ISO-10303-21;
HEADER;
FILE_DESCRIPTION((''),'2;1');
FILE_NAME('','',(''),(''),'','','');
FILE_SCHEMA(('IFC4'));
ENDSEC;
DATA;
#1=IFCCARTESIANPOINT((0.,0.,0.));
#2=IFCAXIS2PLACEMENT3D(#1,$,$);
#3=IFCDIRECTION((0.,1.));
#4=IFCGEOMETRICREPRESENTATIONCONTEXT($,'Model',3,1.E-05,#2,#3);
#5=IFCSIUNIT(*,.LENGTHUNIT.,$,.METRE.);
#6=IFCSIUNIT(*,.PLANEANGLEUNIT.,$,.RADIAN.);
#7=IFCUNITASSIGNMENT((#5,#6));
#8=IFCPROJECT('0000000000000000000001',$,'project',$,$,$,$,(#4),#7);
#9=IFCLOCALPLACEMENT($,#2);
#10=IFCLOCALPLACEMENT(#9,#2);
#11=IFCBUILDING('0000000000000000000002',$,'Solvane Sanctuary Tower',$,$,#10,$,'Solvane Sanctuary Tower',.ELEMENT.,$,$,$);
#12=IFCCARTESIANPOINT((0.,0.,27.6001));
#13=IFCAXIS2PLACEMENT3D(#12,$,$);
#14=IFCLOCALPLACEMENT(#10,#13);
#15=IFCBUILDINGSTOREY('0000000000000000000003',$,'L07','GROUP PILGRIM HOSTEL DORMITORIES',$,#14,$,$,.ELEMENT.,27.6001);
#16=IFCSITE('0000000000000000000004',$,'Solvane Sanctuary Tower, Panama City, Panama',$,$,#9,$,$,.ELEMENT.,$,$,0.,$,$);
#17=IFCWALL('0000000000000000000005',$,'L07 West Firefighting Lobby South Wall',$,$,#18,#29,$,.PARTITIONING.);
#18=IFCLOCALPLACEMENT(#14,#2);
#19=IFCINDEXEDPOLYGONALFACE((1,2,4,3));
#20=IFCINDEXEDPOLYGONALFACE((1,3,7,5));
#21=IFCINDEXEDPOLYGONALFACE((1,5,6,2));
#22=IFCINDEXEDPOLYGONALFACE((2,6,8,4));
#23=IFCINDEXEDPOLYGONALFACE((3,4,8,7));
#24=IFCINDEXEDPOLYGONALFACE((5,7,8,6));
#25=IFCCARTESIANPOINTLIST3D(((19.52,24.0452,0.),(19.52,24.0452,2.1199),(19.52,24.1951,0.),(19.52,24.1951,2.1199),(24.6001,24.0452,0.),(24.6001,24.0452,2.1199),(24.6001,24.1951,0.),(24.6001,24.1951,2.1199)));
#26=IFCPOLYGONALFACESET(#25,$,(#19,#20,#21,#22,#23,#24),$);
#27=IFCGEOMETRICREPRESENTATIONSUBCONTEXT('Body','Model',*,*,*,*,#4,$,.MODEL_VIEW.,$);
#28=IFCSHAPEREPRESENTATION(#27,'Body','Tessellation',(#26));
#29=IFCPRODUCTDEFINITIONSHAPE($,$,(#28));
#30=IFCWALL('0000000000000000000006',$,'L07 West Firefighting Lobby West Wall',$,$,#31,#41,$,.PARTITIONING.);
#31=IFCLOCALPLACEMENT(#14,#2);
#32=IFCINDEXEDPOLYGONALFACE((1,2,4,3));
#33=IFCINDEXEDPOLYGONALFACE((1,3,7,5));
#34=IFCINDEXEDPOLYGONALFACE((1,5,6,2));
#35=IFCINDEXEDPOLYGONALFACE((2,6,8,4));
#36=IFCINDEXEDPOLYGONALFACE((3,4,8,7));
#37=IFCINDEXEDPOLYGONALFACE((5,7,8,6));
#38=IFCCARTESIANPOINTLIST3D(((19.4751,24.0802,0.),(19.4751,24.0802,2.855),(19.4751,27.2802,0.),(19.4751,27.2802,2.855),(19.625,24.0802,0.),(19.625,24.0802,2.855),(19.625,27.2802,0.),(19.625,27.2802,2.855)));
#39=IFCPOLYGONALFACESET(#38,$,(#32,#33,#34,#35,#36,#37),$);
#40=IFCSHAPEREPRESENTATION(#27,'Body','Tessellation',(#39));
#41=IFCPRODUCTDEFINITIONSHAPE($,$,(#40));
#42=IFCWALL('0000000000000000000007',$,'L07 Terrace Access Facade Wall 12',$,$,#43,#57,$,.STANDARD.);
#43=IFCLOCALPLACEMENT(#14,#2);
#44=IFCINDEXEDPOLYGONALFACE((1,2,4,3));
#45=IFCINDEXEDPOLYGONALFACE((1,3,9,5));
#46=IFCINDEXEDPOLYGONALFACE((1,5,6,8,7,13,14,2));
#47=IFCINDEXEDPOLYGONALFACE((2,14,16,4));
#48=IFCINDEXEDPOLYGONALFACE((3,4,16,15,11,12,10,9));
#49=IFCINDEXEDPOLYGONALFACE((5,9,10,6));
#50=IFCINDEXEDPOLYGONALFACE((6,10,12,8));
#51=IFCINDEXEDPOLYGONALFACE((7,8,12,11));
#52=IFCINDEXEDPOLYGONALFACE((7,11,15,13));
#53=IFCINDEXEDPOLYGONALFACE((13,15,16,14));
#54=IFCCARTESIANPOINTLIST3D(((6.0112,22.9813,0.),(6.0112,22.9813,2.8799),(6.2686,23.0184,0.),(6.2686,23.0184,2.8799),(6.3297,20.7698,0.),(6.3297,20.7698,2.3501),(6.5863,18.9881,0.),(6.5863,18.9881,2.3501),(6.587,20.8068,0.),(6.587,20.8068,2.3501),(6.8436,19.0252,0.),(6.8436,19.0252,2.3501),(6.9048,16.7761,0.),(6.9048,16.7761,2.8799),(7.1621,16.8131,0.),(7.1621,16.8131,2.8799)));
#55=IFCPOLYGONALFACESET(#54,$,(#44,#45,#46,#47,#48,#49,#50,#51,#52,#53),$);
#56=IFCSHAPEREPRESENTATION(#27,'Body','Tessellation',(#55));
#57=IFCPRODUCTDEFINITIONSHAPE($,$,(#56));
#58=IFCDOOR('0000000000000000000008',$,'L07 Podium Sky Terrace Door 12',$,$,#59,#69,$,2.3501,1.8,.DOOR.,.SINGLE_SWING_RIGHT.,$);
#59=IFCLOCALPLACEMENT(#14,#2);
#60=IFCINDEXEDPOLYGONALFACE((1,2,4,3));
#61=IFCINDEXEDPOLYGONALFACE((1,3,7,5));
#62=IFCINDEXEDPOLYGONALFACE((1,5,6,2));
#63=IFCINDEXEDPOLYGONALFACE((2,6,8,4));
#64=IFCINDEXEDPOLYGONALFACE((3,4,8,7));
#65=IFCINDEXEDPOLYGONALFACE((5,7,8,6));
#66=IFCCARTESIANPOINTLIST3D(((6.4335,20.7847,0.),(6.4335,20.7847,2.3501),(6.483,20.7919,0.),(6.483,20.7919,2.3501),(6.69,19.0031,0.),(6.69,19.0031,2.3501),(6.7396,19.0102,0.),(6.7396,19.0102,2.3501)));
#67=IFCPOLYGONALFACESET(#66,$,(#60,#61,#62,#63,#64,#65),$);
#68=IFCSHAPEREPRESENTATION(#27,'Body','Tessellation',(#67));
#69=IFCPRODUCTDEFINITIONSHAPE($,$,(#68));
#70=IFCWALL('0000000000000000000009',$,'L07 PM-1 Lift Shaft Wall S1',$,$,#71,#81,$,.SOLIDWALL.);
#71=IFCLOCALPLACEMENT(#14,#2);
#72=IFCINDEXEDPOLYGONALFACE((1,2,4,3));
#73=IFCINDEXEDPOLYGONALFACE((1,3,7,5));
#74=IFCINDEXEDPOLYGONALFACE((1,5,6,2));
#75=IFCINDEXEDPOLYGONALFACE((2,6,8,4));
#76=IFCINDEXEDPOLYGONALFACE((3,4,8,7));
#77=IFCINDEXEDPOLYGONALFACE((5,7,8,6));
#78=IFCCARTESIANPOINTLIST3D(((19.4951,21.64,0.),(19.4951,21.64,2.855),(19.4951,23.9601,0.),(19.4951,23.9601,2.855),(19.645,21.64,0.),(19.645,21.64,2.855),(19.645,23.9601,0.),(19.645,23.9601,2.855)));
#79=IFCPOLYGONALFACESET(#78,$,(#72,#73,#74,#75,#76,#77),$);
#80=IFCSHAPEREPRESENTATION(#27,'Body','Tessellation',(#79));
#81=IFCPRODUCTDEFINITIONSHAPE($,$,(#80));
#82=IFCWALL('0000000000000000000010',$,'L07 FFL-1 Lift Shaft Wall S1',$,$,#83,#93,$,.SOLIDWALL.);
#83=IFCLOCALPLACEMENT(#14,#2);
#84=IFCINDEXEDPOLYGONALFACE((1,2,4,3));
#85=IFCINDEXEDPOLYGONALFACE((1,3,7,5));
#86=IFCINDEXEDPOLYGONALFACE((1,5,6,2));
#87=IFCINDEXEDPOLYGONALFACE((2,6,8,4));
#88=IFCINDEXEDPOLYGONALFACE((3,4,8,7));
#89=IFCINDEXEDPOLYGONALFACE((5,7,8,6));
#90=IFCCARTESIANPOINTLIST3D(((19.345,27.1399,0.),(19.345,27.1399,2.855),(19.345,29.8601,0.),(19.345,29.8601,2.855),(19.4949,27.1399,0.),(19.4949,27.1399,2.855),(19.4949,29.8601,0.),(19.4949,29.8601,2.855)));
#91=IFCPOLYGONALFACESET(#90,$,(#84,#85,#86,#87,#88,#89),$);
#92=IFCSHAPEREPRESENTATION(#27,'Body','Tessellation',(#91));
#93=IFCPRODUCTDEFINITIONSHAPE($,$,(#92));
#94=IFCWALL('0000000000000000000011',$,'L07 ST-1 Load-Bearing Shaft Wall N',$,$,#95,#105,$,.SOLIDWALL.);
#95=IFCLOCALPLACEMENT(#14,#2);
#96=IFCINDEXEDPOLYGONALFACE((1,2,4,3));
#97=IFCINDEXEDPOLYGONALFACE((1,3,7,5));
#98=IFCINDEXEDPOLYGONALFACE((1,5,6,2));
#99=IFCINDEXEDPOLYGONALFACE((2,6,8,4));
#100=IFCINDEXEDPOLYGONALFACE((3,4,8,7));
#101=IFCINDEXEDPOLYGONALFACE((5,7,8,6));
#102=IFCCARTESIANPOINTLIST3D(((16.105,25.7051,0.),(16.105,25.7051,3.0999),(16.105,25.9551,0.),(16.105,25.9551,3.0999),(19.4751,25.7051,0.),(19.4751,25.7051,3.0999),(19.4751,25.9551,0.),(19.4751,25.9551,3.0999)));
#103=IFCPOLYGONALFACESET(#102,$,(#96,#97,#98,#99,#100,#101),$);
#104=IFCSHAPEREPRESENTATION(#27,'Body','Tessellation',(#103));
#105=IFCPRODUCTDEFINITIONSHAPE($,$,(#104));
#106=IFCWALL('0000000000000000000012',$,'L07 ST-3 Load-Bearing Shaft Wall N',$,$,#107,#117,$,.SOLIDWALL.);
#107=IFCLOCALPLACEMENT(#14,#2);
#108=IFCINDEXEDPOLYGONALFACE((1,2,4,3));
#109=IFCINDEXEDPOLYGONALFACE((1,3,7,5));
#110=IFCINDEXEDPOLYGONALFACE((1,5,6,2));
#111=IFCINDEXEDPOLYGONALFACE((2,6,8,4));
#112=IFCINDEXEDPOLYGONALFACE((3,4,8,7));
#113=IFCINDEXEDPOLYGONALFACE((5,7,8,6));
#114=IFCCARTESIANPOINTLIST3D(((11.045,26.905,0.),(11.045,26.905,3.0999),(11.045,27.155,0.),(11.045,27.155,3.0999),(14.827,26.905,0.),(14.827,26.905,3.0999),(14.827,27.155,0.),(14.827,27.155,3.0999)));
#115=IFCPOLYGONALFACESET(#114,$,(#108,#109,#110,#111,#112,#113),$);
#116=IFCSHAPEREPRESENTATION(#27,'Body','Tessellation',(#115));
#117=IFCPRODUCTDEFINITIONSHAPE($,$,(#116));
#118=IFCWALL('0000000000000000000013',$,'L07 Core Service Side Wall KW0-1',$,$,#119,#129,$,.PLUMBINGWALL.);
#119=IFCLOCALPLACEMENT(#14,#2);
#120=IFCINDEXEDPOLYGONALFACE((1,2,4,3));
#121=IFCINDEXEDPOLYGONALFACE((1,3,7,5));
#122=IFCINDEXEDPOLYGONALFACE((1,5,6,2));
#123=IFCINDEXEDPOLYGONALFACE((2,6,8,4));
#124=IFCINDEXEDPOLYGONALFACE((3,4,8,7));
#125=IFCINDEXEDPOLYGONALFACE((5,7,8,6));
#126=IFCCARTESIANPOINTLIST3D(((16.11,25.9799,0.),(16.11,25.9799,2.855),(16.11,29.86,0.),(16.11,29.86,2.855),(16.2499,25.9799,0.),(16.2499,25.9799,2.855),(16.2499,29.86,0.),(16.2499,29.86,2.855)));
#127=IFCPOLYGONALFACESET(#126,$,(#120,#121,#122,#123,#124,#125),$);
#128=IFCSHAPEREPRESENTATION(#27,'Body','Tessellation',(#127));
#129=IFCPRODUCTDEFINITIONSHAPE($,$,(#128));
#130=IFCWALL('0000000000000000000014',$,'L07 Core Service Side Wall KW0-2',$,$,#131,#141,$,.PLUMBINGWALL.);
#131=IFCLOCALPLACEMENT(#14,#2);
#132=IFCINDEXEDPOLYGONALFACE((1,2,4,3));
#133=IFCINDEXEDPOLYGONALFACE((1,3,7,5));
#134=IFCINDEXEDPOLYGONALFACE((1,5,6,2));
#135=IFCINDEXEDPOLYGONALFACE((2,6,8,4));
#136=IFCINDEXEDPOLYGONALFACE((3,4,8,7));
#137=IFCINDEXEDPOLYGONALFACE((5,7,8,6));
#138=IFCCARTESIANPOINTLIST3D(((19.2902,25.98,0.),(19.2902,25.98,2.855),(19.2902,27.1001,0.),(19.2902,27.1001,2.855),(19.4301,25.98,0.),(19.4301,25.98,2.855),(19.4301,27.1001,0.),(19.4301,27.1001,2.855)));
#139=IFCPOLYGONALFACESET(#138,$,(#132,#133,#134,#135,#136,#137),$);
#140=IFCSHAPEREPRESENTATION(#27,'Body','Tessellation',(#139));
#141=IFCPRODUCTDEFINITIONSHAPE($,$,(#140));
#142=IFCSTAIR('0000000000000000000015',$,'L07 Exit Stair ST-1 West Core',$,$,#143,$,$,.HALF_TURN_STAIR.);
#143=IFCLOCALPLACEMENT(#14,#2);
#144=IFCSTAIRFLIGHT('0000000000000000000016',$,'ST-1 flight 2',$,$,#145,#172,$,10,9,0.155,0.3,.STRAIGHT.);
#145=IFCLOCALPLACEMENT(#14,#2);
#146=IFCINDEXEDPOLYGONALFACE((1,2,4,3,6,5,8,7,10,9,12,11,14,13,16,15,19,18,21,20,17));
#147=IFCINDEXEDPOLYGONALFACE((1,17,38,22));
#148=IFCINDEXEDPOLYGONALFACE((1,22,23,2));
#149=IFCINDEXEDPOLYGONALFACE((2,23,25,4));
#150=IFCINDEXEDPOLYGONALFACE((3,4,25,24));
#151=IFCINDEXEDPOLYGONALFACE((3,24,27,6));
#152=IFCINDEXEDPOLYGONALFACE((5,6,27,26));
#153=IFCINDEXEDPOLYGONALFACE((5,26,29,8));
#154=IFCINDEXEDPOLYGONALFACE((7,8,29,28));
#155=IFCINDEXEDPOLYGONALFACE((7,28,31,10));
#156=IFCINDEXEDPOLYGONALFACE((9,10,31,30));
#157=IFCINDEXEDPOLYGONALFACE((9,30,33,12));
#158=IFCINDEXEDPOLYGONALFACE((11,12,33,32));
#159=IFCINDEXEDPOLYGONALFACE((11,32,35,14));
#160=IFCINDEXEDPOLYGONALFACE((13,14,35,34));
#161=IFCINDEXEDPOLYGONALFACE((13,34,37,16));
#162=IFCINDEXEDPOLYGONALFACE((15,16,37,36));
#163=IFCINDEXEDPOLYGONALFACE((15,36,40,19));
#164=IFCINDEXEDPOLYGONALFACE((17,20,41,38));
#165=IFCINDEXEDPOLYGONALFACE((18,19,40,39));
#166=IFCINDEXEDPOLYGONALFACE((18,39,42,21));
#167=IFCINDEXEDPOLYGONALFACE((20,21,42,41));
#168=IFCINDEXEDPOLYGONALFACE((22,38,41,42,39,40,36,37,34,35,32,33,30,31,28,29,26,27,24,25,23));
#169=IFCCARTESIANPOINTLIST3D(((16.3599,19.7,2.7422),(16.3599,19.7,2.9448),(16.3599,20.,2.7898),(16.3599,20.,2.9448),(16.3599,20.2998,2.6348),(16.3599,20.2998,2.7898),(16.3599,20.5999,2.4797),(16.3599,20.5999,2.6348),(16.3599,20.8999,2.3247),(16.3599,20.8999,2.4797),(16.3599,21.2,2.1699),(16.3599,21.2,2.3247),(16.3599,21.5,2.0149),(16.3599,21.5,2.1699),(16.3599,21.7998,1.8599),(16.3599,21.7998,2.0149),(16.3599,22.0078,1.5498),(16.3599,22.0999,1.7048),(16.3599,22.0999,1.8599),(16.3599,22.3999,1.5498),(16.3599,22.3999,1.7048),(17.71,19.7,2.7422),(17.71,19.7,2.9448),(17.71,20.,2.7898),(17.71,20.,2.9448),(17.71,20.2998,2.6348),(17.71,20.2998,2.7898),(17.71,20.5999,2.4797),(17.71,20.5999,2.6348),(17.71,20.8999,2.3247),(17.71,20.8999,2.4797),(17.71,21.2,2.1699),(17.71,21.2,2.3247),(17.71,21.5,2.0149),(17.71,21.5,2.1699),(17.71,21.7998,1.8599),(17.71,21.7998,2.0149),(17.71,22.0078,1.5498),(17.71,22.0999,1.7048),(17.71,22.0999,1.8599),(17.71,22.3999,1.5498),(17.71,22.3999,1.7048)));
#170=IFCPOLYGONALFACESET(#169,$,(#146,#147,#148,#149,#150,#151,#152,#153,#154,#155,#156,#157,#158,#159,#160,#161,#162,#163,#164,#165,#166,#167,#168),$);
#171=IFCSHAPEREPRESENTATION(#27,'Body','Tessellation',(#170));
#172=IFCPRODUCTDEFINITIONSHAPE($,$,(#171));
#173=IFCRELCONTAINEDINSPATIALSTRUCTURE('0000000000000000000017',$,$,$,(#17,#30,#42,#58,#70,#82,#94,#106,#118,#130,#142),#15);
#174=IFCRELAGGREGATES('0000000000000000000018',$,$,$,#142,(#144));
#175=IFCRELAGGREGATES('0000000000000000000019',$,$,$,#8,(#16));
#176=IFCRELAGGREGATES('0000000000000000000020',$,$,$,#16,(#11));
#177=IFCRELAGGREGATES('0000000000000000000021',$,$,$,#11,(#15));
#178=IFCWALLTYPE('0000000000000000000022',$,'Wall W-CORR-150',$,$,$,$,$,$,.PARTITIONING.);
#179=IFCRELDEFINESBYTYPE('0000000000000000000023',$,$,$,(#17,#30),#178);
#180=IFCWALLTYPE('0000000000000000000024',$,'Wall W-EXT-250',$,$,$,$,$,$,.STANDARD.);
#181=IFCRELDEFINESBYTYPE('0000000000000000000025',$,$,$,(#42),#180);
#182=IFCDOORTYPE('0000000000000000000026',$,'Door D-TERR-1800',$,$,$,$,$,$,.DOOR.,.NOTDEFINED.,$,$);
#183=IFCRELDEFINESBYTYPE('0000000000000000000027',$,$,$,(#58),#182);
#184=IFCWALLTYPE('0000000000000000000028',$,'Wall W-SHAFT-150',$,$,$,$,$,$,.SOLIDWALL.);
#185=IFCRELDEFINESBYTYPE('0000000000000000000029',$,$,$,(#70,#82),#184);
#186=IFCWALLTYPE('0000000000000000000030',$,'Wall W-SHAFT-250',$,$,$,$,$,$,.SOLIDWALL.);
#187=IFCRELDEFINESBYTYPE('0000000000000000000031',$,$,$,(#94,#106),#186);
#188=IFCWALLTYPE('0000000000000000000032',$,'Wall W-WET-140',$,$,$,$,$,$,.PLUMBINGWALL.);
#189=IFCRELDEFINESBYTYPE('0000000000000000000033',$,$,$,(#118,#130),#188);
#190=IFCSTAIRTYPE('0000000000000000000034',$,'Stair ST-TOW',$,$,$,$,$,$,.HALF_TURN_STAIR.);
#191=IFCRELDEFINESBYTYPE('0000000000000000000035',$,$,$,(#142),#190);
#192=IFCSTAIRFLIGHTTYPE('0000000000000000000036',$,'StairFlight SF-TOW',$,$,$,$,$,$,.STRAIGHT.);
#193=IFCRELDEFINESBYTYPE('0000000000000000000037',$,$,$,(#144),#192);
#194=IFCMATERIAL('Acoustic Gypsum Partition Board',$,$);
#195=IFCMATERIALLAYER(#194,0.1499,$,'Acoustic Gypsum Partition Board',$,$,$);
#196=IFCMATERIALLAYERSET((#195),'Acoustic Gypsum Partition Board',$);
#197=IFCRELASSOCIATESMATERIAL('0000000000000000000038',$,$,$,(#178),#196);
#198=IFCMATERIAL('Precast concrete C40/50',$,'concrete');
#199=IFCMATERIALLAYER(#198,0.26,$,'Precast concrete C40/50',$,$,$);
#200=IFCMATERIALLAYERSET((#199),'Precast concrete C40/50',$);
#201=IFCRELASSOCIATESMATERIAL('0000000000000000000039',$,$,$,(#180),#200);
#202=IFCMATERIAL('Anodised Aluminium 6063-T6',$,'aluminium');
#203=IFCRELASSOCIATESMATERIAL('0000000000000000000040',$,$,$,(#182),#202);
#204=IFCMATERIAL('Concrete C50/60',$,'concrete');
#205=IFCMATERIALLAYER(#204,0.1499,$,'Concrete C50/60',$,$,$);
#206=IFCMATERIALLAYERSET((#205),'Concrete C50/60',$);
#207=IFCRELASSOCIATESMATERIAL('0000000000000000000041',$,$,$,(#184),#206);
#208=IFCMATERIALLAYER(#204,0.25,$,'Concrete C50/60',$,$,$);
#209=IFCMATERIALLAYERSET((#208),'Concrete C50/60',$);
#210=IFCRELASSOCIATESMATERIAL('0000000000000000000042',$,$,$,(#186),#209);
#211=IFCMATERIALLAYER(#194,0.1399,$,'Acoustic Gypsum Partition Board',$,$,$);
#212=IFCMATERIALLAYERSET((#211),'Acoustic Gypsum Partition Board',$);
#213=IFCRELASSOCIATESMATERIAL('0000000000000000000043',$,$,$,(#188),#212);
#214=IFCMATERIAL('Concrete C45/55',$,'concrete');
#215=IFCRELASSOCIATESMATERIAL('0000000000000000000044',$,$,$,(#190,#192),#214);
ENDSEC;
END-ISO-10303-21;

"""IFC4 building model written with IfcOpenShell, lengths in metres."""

from ifc_helpers import new_model, si_unit, direction, frame, frame_2d, origin, place, context, subcontext, project, spatial, polyline, rectangle, outline, extrude, material, layer, layer_set, type_object, element, fill, aggregate, save


model = new_model("IFC4")

# Units and contexts
model_context = context("Model", 3, precision=1e-05, world=origin(), true_north=direction((0.0, 1.0)))
body_context = subcontext(model_context, "Body", "Model", "MODEL_VIEW")
ifc_project = project(units=[si_unit("LENGTHUNIT", "METRE"), si_unit("PLANEANGLEUNIT", "RADIAN")], contexts=[model_context])

# Site, building, storey
site_placement = place(None, origin())
site = spatial("IfcSite", under=ifc_project, at=site_placement, Name="Solvane Sanctuary Tower, Panama City, Panama", CompositionType="ELEMENT", RefElevation=0.0)
building_placement = place(site_placement, origin())
building = spatial("IfcBuilding", under=site, at=building_placement, Name="Solvane Sanctuary Tower", LongName="Solvane Sanctuary Tower", CompositionType="ELEMENT")
storey_placement = place(building_placement, frame((0.0, 0.0, 27.6001)))
storey = spatial("IfcBuildingStorey", under=building, at=storey_placement, Name="L07", Description="GROUP PILGRIM HOSTEL DORMITORIES", CompositionType="ELEMENT", Elevation=27.6001)

# Walls
ifc_material_1 = material(Name="Acoustic Gypsum Partition Board")
ifc_layer_1 = layer(ifc_material_1, 0.1499, Name="Acoustic Gypsum Partition Board")
ifc_layer_set_1 = layer_set([ifc_layer_1], Name="Acoustic Gypsum Partition Board")
wall_type_1 = type_object("IfcWallType", Name="Wall W-CORR-150", PredefinedType="PARTITIONING", material=ifc_layer_set_1)
wall_1_placement = place(storey_placement, frame((19.52, 24.1201, 0.0), z_axis=(0.0, 0.0, 1.0), x_axis=(1.0, 0.0, 0.0)))
element("IfcWall", 1, at=wall_1_placement, inside=storey, type_object=wall_type_1, Name="L07 West Firefighting Lobby South Wall", PredefinedType="PARTITIONING", context=body_context, shape_type="SweptSolid", body=[
    extrude(rectangle(XDim=5.0801, YDim=0.1499, at=frame_2d((2.54, 0.0))), origin(), (0.0, 0.0, 1.0), 2.1199),
])
wall_2_placement = place(storey_placement, frame((19.55, 24.0801, 0.0), z_axis=(0.0, 0.0, 1.0), x_axis=(0.0, 1.0, 0.0)))
element("IfcWall", 2, at=wall_2_placement, inside=storey, type_object=wall_type_1, Name="L07 West Firefighting Lobby West Wall", PredefinedType="PARTITIONING", context=body_context, shape_type="SweptSolid", body=[
    extrude(rectangle(XDim=3.2, YDim=0.1499, at=frame_2d((1.6001, 0.0))), origin(), (0.0, 0.0, 1.0), 2.855),
])

# Wall, opening, door
ifc_material_2 = material(Name="Precast concrete C40/50", Category="concrete")
ifc_layer_2 = layer(ifc_material_2, 0.26, Name="Precast concrete C40/50")
ifc_layer_set_2 = layer_set([ifc_layer_2], Name="Precast concrete C40/50")
wall_type_2 = type_object("IfcWallType", Name="Wall W-EXT-250", PredefinedType="STANDARD", material=ifc_layer_set_2)
wall_3_placement = place(storey_placement, frame((6.1399, 23.0, 0.0), z_axis=(0.0, 0.0, 1.0), x_axis=(0.142528, -0.989791, 0.0)))
wall_3 = element("IfcWall", 3, at=wall_3_placement, inside=storey, type_object=wall_type_2, Name="L07 Terrace Access Facade Wall 12", PredefinedType="STANDARD", context=body_context, shape_type="SweptSolid", body=[
    extrude(rectangle(XDim=6.2693, YDim=0.26, at=frame_2d((3.1348, 0.0))), origin(), (0.0, 0.0, 1.0), 2.8799),
])
opening_placement = place(wall_3_placement, frame((2.2346, 0.0, 0.0)))
opening = element("IfcOpeningElement", 4, at=opening_placement, cuts=wall_3, PredefinedType="OPENING", context=body_context, shape_type="SweptSolid", body=[
    extrude(rectangle(XDim=1.8, YDim=2.3501, at=frame_2d((0.8999, 1.175))), frame((0.0, 0.1399, 0.0), z_axis=(0.0, -1.0, 0.0), x_axis=(1.0, 0.0, 0.0)), (0.0, 0.0, 1.0), 0.28),
])
ifc_material_3 = material(Name="Anodised Aluminium 6063-T6", Category="aluminium")
door_type = type_object("IfcDoorType", Name="Door D-TERR-1800", OperationType="NOTDEFINED", PredefinedType="DOOR", material=ifc_material_3)
door_placement = place(opening_placement, origin())
door = element("IfcDoor", 5, at=door_placement, inside=storey, type_object=door_type, Name="L07 Podium Sky Terrace Door 12", OperationType="SINGLE_SWING_RIGHT", OverallHeight=2.3501, OverallWidth=1.8, PredefinedType="DOOR", context=body_context, shape_type="SweptSolid", body=[
    extrude(rectangle(XDim=1.8, YDim=2.3501, at=frame_2d((0.8999, 1.175))), frame((0.0, 0.0249, 0.0), z_axis=(0.0, -1.0, 0.0), x_axis=(1.0, 0.0, 0.0)), (0.0, 0.0, 1.0), 0.05),
])
fill(opening, door)

# Walls
ifc_material_4 = material(Name="Concrete C50/60", Category="concrete")
ifc_layer_3 = layer(ifc_material_4, 0.1499, Name="Concrete C50/60")
ifc_layer_set_3 = layer_set([ifc_layer_3], Name="Concrete C50/60")
wall_type_3 = type_object("IfcWallType", Name="Wall W-SHAFT-150", PredefinedType="SOLIDWALL", material=ifc_layer_set_3)
wall_4_placement = place(storey_placement, frame((19.5701, 21.6399, 0.0), z_axis=(0.0, 0.0, 1.0), x_axis=(0.0, 1.0, 0.0)))
element("IfcWall", 6, at=wall_4_placement, inside=storey, type_object=wall_type_3, Name="L07 PM-1 Lift Shaft Wall S1", PredefinedType="SOLIDWALL", context=body_context, shape_type="SweptSolid", body=[
    extrude(rectangle(XDim=2.3201, YDim=0.1499, at=frame_2d((1.1602, 0.0))), origin(), (0.0, 0.0, 1.0), 2.855),
])
wall_5_placement = place(storey_placement, frame((19.4199, 27.1399, 0.0), z_axis=(0.0, 0.0, 1.0), x_axis=(0.0, 1.0, 0.0)))
element("IfcWall", 7, at=wall_5_placement, inside=storey, type_object=wall_type_3, Name="L07 FFL-1 Lift Shaft Wall S1", PredefinedType="SOLIDWALL", context=body_context, shape_type="SweptSolid", body=[
    extrude(rectangle(XDim=2.7202, YDim=0.1499, at=frame_2d((1.3601, 0.0))), origin(), (0.0, 0.0, 1.0), 2.855),
])
ifc_layer_4 = layer(ifc_material_4, 0.25, Name="Concrete C50/60")
ifc_layer_set_4 = layer_set([ifc_layer_4], Name="Concrete C50/60")
wall_type_4 = type_object("IfcWallType", Name="Wall W-SHAFT-250", PredefinedType="SOLIDWALL", material=ifc_layer_set_4)
wall_6_placement = place(storey_placement, frame((16.105, 25.8301, 0.0), z_axis=(0.0, 0.0, 1.0), x_axis=(1.0, 0.0, 0.0)))
element("IfcWall", 8, at=wall_6_placement, inside=storey, type_object=wall_type_4, Name="L07 ST-1 Load-Bearing Shaft Wall N", PredefinedType="SOLIDWALL", context=body_context, shape_type="SweptSolid", body=[
    extrude(rectangle(XDim=3.3701, YDim=0.25, at=frame_2d((1.6851, 0.0))), origin(), (0.0, 0.0, 1.0), 3.0999),
])
wall_7_placement = place(storey_placement, frame((11.0449, 27.03, 0.0), z_axis=(0.0, 0.0, 1.0), x_axis=(1.0, 0.0, 0.0)))
element("IfcWall", 9, at=wall_7_placement, inside=storey, type_object=wall_type_4, Name="L07 ST-3 Load-Bearing Shaft Wall N", PredefinedType="SOLIDWALL", context=body_context, shape_type="SweptSolid", body=[
    extrude(rectangle(XDim=3.782, YDim=0.25, at=frame_2d((1.8911, 0.0))), origin(), (0.0, 0.0, 1.0), 3.0999),
])
ifc_layer_5 = layer(ifc_material_1, 0.1399, Name="Acoustic Gypsum Partition Board")
ifc_layer_set_5 = layer_set([ifc_layer_5], Name="Acoustic Gypsum Partition Board")
wall_type_5 = type_object("IfcWallType", Name="Wall W-WET-140", PredefinedType="PLUMBINGWALL", material=ifc_layer_set_5)
wall_8_placement = place(storey_placement, frame((16.1799, 25.98, 0.0), z_axis=(0.0, 0.0, 1.0), x_axis=(0.0, 1.0, 0.0)))
element("IfcWall", 10, at=wall_8_placement, inside=storey, type_object=wall_type_5, Name="L07 Core Service Side Wall KW0-1", PredefinedType="PLUMBINGWALL", context=body_context, shape_type="SweptSolid", body=[
    extrude(rectangle(XDim=3.8801, YDim=0.1399, at=frame_2d((1.9399, 0.0))), origin(), (0.0, 0.0, 1.0), 2.855),
])
wall_9_placement = place(storey_placement, frame((19.3601, 25.98, 0.0), z_axis=(0.0, 0.0, 1.0), x_axis=(0.0, 1.0, 0.0)))
element("IfcWall", 11, at=wall_9_placement, inside=storey, type_object=wall_type_5, Name="L07 Core Service Side Wall KW0-2", PredefinedType="PLUMBINGWALL", context=body_context, shape_type="SweptSolid", body=[
    extrude(rectangle(XDim=1.1201, YDim=0.1399, at=frame_2d((0.5601, 0.0))), origin(), (0.0, 0.0, 1.0), 2.855),
])

# Stair, stair flight
ifc_material_5 = material(Name="Concrete C45/55", Category="concrete")
stair_type = type_object("IfcStairType", Name="Stair ST-TOW", PredefinedType="HALF_TURN_STAIR", material=ifc_material_5)
stair_1_placement = place(storey_placement, origin())
stair_1 = element("IfcStair", 12, at=stair_1_placement, inside=storey, type_object=stair_type, Name="L07 Exit Stair ST-1 West Core", PredefinedType="HALF_TURN_STAIR")
stair_flight_type = type_object("IfcStairFlightType", Name="StairFlight SF-TOW", PredefinedType="STRAIGHT", material=ifc_material_5)
stair_flight_1_placement = place(storey_placement, frame((17.0349, 22.3999, 1.5498), z_axis=(0.0, 0.0, 1.0), x_axis=(0.0, -1.0, 0.0)))
stair_flight_1 = element("IfcStairFlight", 13, at=stair_flight_1_placement, type_object=stair_flight_type, Name="ST-1 flight 2", NumberOfRisers=10, NumberOfTreads=9, PredefinedType="STRAIGHT", RiserHeight=0.155, TreadLength=0.3, context=body_context, shape_type="SweptSolid", body=[
    extrude(outline(polyline([(0.0, 0.0), (0.0, 0.155), (0.3, 0.155), (0.3, 0.3101), (0.6001, 0.3101), (0.6001, 0.4651), (0.8999, 0.4651), (0.8999, 0.6201), (1.2, 0.6201), (1.2, 0.7749), (1.5, 0.7749), (1.5, 0.9299), (1.8, 0.9299), (1.8, 1.085), (2.1001, 1.085), (2.1001, 1.24), (2.3999, 1.24), (2.3999, 1.395), (2.7, 1.395), (2.7, 1.55), (2.7, 1.1924), (0.3921, 0.0), (0.0, 0.0)])), frame((0.0, 0.675, 0.0), z_axis=(0.0, -1.0, 0.0), x_axis=(1.0, 0.0, 0.0)), (0.0, 0.0, 1.0), 1.3501),
])
aggregate(stair_1, [stair_flight_1])

save(model, "model.ifc")
